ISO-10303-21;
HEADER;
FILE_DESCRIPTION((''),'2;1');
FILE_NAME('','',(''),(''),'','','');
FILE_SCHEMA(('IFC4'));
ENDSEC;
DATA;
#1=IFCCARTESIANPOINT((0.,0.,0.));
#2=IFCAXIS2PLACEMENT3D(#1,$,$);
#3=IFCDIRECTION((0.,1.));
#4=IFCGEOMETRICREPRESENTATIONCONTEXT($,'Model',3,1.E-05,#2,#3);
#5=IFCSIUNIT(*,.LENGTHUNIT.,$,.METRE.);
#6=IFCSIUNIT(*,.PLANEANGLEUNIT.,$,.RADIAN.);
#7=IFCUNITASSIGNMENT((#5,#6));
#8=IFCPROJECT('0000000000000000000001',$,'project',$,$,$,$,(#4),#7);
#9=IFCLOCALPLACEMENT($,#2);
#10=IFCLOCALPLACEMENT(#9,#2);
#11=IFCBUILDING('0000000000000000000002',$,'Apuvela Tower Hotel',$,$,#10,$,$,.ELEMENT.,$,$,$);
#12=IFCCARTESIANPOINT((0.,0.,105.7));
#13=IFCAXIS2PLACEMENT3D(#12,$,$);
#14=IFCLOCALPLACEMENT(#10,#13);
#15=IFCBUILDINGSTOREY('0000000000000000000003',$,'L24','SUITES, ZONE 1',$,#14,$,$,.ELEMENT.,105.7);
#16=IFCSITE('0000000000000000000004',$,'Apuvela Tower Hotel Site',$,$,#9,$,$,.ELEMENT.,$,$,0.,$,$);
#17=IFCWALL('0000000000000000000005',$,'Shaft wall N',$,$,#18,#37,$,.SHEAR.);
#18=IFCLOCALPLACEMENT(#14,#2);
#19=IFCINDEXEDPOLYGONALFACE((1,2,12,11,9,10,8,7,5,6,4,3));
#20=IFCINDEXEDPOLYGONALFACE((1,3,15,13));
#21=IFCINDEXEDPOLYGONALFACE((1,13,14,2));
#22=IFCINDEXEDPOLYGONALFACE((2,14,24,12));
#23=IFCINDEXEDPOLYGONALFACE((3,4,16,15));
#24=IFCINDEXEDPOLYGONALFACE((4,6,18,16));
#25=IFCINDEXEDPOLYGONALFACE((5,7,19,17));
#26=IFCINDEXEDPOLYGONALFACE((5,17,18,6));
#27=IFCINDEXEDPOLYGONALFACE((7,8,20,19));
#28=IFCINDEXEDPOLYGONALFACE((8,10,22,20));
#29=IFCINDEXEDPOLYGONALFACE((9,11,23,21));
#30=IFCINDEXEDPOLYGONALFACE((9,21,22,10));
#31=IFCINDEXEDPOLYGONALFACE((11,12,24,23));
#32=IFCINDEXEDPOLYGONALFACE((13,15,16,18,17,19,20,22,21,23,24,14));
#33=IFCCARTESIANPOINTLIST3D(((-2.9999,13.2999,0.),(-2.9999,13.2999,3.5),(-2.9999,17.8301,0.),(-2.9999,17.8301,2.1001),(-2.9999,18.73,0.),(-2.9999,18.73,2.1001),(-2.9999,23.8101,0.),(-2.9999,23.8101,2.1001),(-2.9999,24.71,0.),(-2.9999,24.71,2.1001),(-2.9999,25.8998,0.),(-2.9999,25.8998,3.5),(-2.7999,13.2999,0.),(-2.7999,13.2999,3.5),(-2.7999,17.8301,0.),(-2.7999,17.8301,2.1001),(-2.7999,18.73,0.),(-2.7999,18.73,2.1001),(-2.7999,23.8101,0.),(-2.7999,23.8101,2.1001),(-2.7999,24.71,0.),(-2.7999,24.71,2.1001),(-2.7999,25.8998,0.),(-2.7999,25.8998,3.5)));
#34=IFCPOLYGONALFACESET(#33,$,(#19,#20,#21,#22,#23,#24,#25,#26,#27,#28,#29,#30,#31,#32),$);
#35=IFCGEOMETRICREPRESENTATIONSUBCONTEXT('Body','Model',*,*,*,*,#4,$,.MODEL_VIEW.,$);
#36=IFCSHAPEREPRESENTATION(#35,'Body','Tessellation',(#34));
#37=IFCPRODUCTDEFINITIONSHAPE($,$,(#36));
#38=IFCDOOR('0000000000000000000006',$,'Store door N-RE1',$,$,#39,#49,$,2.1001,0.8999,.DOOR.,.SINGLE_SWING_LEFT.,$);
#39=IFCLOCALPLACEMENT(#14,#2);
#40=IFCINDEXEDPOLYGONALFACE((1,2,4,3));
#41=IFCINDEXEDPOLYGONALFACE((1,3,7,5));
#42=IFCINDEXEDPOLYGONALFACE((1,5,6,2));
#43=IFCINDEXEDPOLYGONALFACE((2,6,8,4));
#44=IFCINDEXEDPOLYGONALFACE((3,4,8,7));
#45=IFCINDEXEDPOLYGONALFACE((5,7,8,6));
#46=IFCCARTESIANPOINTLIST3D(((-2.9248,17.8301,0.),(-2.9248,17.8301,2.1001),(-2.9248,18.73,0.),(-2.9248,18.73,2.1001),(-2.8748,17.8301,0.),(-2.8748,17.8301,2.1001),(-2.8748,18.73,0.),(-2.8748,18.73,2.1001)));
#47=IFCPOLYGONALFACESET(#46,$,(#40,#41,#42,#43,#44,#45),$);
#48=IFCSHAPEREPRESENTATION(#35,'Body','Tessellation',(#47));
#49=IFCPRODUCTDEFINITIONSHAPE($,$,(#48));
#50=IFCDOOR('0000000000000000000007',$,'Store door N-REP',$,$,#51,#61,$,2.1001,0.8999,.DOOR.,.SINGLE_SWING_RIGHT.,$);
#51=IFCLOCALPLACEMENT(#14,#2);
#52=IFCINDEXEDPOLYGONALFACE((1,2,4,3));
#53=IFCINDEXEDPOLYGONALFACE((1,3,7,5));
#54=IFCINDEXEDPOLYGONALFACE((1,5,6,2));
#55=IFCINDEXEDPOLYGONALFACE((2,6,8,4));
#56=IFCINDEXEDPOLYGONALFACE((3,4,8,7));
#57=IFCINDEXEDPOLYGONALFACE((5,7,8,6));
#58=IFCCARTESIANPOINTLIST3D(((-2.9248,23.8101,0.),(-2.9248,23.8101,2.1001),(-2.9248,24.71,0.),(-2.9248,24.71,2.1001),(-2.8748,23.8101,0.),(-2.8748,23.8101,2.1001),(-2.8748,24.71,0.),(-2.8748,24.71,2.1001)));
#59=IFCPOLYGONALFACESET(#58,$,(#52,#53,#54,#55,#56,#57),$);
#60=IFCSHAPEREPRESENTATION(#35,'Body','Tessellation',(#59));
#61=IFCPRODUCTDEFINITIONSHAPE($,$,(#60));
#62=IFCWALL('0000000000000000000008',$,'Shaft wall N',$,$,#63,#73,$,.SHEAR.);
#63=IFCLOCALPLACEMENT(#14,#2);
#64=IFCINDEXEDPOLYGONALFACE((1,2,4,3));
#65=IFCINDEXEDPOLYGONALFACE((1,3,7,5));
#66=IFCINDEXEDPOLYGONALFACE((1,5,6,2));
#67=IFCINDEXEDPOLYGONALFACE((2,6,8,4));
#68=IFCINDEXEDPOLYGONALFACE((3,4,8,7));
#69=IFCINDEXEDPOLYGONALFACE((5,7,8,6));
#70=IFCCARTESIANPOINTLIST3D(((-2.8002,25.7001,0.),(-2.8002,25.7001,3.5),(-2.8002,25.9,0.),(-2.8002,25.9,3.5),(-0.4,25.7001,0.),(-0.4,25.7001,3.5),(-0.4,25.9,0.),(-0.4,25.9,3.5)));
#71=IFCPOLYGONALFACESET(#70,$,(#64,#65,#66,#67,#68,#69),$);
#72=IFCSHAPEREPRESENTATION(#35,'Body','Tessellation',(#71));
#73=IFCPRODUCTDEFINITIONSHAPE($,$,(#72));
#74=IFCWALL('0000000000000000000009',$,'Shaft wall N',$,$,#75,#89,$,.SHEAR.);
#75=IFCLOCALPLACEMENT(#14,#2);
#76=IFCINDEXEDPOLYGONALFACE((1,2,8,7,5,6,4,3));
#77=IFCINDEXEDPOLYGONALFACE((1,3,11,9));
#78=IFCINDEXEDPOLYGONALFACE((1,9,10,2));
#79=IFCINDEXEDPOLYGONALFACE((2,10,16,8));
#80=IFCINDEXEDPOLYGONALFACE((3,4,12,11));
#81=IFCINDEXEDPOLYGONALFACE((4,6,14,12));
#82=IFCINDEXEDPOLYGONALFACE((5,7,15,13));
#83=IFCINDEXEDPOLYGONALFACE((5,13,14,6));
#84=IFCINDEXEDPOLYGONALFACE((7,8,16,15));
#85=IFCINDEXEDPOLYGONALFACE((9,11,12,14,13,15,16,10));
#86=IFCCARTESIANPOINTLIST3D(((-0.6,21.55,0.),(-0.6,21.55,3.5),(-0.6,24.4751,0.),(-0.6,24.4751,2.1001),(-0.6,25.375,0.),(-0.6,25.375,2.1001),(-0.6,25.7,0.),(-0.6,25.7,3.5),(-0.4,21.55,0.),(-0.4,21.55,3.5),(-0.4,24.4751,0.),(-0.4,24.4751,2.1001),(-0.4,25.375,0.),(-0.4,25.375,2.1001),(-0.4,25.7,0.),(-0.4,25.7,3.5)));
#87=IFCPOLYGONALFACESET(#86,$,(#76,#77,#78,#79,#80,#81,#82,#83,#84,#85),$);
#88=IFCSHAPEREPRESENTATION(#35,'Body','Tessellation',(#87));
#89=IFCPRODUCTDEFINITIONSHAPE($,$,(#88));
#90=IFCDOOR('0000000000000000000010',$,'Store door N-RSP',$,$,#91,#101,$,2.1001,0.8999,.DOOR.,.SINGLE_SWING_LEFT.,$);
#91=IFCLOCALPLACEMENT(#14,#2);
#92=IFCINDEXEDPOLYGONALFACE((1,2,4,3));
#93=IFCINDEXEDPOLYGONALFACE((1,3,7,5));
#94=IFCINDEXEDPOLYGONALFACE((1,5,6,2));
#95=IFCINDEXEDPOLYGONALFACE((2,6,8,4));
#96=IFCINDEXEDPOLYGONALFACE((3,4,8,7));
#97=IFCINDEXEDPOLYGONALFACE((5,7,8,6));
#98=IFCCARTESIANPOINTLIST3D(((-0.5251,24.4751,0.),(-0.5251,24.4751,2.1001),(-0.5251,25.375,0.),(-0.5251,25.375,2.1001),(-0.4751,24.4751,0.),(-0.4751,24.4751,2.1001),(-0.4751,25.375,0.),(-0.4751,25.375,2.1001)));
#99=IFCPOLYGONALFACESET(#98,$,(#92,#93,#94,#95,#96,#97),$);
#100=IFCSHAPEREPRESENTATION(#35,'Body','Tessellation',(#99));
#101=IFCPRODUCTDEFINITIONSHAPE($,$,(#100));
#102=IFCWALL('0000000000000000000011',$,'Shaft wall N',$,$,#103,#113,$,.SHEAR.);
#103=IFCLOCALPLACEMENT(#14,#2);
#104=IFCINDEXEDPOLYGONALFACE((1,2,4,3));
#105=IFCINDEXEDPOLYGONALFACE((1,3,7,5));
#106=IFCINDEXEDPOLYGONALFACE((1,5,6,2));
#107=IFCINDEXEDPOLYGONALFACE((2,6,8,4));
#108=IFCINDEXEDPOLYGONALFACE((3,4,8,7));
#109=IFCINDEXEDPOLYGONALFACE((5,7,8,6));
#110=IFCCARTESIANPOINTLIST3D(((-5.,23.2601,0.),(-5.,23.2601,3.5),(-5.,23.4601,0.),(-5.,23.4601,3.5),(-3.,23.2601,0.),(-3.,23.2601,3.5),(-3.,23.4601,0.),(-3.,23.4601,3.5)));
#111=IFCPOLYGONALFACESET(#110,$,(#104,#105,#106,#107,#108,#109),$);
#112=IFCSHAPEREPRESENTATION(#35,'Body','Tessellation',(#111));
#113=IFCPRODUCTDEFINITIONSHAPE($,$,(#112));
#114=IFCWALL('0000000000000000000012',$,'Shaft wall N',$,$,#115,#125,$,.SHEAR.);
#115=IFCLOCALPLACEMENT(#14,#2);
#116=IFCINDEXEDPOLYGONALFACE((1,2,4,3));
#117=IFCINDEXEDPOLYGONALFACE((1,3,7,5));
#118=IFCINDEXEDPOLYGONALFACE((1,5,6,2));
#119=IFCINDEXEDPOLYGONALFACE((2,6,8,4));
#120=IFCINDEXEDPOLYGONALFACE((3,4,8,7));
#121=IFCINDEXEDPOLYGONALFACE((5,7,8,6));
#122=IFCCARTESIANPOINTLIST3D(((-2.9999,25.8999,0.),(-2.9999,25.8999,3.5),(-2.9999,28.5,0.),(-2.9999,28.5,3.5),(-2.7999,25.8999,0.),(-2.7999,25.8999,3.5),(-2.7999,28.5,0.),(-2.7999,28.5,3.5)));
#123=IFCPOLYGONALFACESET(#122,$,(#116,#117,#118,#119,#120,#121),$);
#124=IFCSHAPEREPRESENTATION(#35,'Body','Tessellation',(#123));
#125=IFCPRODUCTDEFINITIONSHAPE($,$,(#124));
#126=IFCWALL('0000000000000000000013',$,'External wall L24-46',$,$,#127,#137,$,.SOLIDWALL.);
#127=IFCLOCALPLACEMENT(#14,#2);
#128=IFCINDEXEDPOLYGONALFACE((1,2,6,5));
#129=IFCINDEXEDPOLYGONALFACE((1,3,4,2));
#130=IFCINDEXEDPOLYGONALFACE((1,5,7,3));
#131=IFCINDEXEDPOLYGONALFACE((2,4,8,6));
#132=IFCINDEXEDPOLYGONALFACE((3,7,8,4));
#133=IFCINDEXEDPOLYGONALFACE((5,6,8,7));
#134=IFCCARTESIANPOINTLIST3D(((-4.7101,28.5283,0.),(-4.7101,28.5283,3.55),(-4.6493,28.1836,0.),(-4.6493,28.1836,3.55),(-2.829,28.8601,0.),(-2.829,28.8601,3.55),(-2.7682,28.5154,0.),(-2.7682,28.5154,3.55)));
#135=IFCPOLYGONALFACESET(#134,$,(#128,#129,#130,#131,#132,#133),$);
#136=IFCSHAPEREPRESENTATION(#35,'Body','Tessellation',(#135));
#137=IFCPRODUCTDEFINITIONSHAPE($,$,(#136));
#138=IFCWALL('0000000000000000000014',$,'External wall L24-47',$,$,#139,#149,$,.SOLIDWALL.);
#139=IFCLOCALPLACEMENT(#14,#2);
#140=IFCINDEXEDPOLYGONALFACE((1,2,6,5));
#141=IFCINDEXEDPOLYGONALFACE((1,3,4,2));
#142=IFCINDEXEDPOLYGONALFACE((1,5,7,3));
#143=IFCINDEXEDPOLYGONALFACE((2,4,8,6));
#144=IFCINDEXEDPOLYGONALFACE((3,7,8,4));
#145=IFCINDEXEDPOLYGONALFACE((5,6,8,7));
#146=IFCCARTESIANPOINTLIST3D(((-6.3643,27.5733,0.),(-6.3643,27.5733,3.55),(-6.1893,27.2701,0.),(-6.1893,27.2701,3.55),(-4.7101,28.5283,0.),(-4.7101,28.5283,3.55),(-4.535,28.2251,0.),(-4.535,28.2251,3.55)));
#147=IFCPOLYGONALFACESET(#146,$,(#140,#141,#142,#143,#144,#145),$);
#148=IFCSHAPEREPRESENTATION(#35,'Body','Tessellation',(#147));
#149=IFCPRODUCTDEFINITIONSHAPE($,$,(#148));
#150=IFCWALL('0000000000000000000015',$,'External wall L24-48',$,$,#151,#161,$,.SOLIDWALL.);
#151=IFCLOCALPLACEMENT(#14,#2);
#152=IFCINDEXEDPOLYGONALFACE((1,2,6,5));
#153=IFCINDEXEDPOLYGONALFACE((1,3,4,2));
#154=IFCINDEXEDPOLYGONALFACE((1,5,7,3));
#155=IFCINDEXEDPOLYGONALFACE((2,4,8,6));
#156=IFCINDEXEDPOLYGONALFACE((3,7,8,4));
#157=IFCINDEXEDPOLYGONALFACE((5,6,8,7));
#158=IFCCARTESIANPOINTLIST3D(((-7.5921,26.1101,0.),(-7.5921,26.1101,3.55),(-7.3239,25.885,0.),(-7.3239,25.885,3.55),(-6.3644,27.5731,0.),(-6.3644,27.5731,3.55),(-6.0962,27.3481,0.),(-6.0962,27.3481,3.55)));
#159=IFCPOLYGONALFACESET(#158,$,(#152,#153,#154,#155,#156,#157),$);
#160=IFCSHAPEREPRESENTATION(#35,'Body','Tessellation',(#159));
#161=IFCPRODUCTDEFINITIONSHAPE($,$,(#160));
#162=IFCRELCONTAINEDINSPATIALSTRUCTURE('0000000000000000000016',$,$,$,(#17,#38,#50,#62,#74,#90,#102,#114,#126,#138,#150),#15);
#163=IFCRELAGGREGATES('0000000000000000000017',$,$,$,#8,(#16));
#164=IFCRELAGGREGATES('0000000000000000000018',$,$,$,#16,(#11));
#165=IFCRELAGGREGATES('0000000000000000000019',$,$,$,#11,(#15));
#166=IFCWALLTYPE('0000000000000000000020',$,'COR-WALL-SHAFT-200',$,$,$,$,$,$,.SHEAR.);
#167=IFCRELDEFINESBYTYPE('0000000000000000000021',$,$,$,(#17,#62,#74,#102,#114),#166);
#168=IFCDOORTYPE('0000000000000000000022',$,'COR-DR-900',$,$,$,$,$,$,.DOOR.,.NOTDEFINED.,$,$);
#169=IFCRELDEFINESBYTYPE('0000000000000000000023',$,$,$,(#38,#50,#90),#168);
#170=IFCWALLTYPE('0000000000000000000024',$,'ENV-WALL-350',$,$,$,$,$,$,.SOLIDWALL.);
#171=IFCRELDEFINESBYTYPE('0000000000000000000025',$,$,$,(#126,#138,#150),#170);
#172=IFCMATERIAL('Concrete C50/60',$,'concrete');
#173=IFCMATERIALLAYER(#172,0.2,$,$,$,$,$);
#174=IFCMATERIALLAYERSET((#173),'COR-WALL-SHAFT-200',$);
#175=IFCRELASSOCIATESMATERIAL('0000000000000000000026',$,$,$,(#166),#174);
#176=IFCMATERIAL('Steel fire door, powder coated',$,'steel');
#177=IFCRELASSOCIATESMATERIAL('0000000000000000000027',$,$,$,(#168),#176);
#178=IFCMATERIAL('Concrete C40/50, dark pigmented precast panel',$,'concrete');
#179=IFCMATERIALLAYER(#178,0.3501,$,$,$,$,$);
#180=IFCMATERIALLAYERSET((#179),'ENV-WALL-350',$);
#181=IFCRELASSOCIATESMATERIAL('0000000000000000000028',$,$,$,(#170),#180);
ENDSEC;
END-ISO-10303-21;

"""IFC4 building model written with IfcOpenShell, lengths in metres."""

from ifc_helpers import new_model, si_unit, direction, frame, frame_2d, origin, place, context, subcontext, project, spatial, rectangle, extrude, material, layer, layer_set, type_object, element, fill, save


model = new_model("IFC4")

# Units and contexts
model_context = context("Model", 3, precision=1e-05, world=origin(), true_north=direction((0.0, 1.0)))
body_context = subcontext(model_context, "Body", "Model", "MODEL_VIEW")
ifc_project = project(units=[si_unit("LENGTHUNIT", "METRE"), si_unit("PLANEANGLEUNIT", "RADIAN")], contexts=[model_context])

# Site, building, storey
site_placement = place(None, origin())
site = spatial("IfcSite", under=ifc_project, at=site_placement, Name="Apuvela Tower Hotel Site", CompositionType="ELEMENT", RefElevation=0.0)
building_placement = place(site_placement, origin())
building = spatial("IfcBuilding", under=site, at=building_placement, Name="Apuvela Tower Hotel", CompositionType="ELEMENT")
storey_placement = place(building_placement, frame((0.0, 0.0, 105.7)))
storey = spatial("IfcBuildingStorey", under=building, at=storey_placement, Name="L24", Description="SUITES, ZONE 1", CompositionType="ELEMENT", Elevation=105.7)

# Shared definitions
ifc_material_1 = material(Name="Concrete C50/60", Category="concrete")
ifc_layer_1 = layer(ifc_material_1, 0.2)
ifc_layer_set_1 = layer_set([ifc_layer_1], Name="COR-WALL-SHAFT-200")
wall_type_1 = type_object("IfcWallType", Name="COR-WALL-SHAFT-200", PredefinedType="SHEAR", material=ifc_layer_set_1)

# Wall, openings, doors
wall_1_placement = place(storey_placement, frame((-2.8999, 13.3, 0.0), z_axis=(0.0, 0.0, 1.0), x_axis=(0.0, 1.0, 0.0)))
wall_1 = element("IfcWall", 1, at=wall_1_placement, inside=storey, type_object=wall_type_1, Name="Shaft wall N", PredefinedType="SHEAR", context=body_context, shape_type="SweptSolid", body=[
    extrude(rectangle(XDim=12.5999, YDim=0.2, at=frame_2d((6.2998, 0.0))), origin(), (0.0, 0.0, 1.0), 3.5),
])
opening_1_placement = place(wall_1_placement, frame((4.53, 0.0, 0.0)))
opening_1 = element("IfcOpeningElement", 2, at=opening_1_placement, cuts=wall_1, PredefinedType="OPENING", context=body_context, shape_type="SweptSolid", body=[
    extrude(rectangle(XDim=0.8999, YDim=2.1001, at=frame_2d((0.45, 1.05))), frame((0.0, 0.1099, 0.0), z_axis=(0.0, -1.0, 0.0), x_axis=(1.0, 0.0, 0.0)), (0.0, 0.0, 1.0), 0.22),
])
opening_2_placement = place(wall_1_placement, frame((10.51, 0.0, 0.0)))
opening_2 = element("IfcOpeningElement", 3, at=opening_2_placement, cuts=wall_1, PredefinedType="OPENING", context=body_context, shape_type="SweptSolid", body=[
    extrude(rectangle(XDim=0.8999, YDim=2.1001, at=frame_2d((0.45, 1.05))), frame((0.0, 0.1099, 0.0), z_axis=(0.0, -1.0, 0.0), x_axis=(1.0, 0.0, 0.0)), (0.0, 0.0, 1.0), 0.22),
])
ifc_material_2 = material(Name="Steel fire door, powder coated", Category="steel")
door_type_1 = type_object("IfcDoorType", Name="COR-DR-900", OperationType="NOTDEFINED", PredefinedType="DOOR", material=ifc_material_2)
door_1_placement = place(opening_1_placement, origin())
door_1 = element("IfcDoor", 4, at=door_1_placement, inside=storey, type_object=door_type_1, Name="Store door N-RE1", OperationType="SINGLE_SWING_LEFT", OverallHeight=2.1001, OverallWidth=0.8999, PredefinedType="DOOR", context=body_context, shape_type="SweptSolid", body=[
    extrude(rectangle(XDim=0.8999, YDim=2.1001, at=frame_2d((0.45, 1.05))), frame((0.0, 0.0249, 0.0), z_axis=(0.0, -1.0, 0.0), x_axis=(1.0, 0.0, 0.0)), (0.0, 0.0, 1.0), 0.05),
])
fill(opening_1, door_1)
door_2_placement = place(opening_2_placement, origin())
door_2 = element("IfcDoor", 5, at=door_2_placement, inside=storey, type_object=door_type_1, Name="Store door N-REP", OperationType="SINGLE_SWING_RIGHT", OverallHeight=2.1001, OverallWidth=0.8999, PredefinedType="DOOR", context=body_context, shape_type="SweptSolid", body=[
    extrude(rectangle(XDim=0.8999, YDim=2.1001, at=frame_2d((0.45, 1.05))), frame((0.0, 0.0249, 0.0), z_axis=(0.0, -1.0, 0.0), x_axis=(1.0, 0.0, 0.0)), (0.0, 0.0, 1.0), 0.05),
])
fill(opening_2, door_2)

# Wall
wall_2_placement = place(storey_placement, frame((-0.3999, 25.8, 0.0), z_axis=(0.0, 0.0, 1.0), x_axis=(-1.0, 0.0, 0.0)))
element("IfcWall", 6, at=wall_2_placement, inside=storey, type_object=wall_type_1, Name="Shaft wall N", PredefinedType="SHEAR", context=body_context, shape_type="SweptSolid", body=[
    extrude(rectangle(XDim=2.4001, YDim=0.2, at=frame_2d((1.2002, 0.0))), origin(), (0.0, 0.0, 1.0), 3.5),
])

# Wall, opening, door
wall_3_placement = place(storey_placement, frame((-0.5, 21.55, 0.0), z_axis=(0.0, 0.0, 1.0), x_axis=(0.0, 1.0, 0.0)))
wall_3 = element("IfcWall", 7, at=wall_3_placement, inside=storey, type_object=wall_type_1, Name="Shaft wall N", PredefinedType="SHEAR", context=body_context, shape_type="SweptSolid", body=[
    extrude(rectangle(XDim=4.1499, YDim=0.2, at=frame_2d((2.075, 0.0))), origin(), (0.0, 0.0, 1.0), 3.5),
])
opening_3_placement = place(wall_3_placement, frame((2.925, 0.0, 0.0)))
opening_3 = element("IfcOpeningElement", 8, at=opening_3_placement, cuts=wall_3, PredefinedType="OPENING", context=body_context, shape_type="SweptSolid", body=[
    extrude(rectangle(XDim=0.8999, YDim=2.1001, at=frame_2d((0.45, 1.05))), frame((0.0, 0.1099, 0.0), z_axis=(0.0, -1.0, 0.0), x_axis=(1.0, 0.0, 0.0)), (0.0, 0.0, 1.0), 0.22),
])
door_3_placement = place(opening_3_placement, frame((0.8999, 0.0, 0.0), z_axis=(0.0, 0.0, 1.0), x_axis=(-1.0, 0.0, 0.0)))
door_3 = element("IfcDoor", 9, at=door_3_placement, inside=storey, type_object=door_type_1, Name="Store door N-RSP", OperationType="SINGLE_SWING_LEFT", OverallHeight=2.1001, OverallWidth=0.8999, PredefinedType="DOOR", context=body_context, shape_type="SweptSolid", body=[
    extrude(rectangle(XDim=0.8999, YDim=2.1001, at=frame_2d((0.45, 1.05))), frame((0.0, 0.0249, 0.0), z_axis=(0.0, -1.0, 0.0), x_axis=(1.0, 0.0, 0.0)), (0.0, 0.0, 1.0), 0.05),
])
fill(opening_3, door_3)

# Walls
wall_4_placement = place(storey_placement, frame((-3.0, 23.3601, 0.0), z_axis=(0.0, 0.0, 1.0), x_axis=(-1.0, 0.0, 0.0)))
element("IfcWall", 10, at=wall_4_placement, inside=storey, type_object=wall_type_1, Name="Shaft wall N", PredefinedType="SHEAR", context=body_context, shape_type="SweptSolid", body=[
    extrude(rectangle(XDim=2.0, YDim=0.2, at=frame_2d((1.0, 0.0))), origin(), (0.0, 0.0, 1.0), 3.5),
])
wall_5_placement = place(storey_placement, frame((-2.8999, 25.8999, 0.0), z_axis=(0.0, 0.0, 1.0), x_axis=(0.0, 1.0, 0.0)))
element("IfcWall", 11, at=wall_5_placement, inside=storey, type_object=wall_type_1, Name="Shaft wall N", PredefinedType="SHEAR", context=body_context, shape_type="SweptSolid", body=[
    extrude(rectangle(XDim=2.6001, YDim=0.2, at=frame_2d((1.3, 0.0))), origin(), (0.0, 0.0, 1.0), 3.5),
])

# Shared definitions
ifc_material_3 = material(Name="Concrete C40/50, dark pigmented precast panel", Category="concrete")
ifc_layer_2 = layer(ifc_material_3, 0.3501)
ifc_layer_set_2 = layer_set([ifc_layer_2], Name="ENV-WALL-350")
wall_type_2 = type_object("IfcWallType", Name="ENV-WALL-350", PredefinedType="SOLIDWALL", material=ifc_layer_set_2)

# Walls
for number, where, z_axis, x_axis, name in (
    (12, (-2.7986, 28.6877, 0.0), (0.0, 0.0, 1.0), (-0.984799, -0.173698, 0.0), "External wall L24-46"),
    (13, (-4.6226, 28.3767, 0.0), (0.0, 0.0, 1.0), (-0.866032, -0.499988, 0.0), "External wall L24-47"),
):
    element("IfcWall", number, at=place(storey_placement, frame(where, z_axis=z_axis, x_axis=x_axis)), inside=storey, type_object=wall_type_2, Name=name, PredefinedType="SOLIDWALL", context=body_context, shape_type="SweptSolid", body=[
        extrude(rectangle(XDim=1.9102, YDim=0.3501, at=frame_2d((0.9551, 0.0))), origin(), (0.0, 0.0, 1.0), 3.55),
    ])
wall_6_placement = place(storey_placement, frame((-6.2302, 27.4607, 0.0), z_axis=(0.0, 0.0, 1.0), x_axis=(-0.642808, -0.766027, 0.0)))
element("IfcWall", 14, at=wall_6_placement, inside=storey, type_object=wall_type_2, Name="External wall L24-48", PredefinedType="SOLIDWALL", context=body_context, shape_type="SweptSolid", body=[
    extrude(rectangle(XDim=1.9099, YDim=0.3501, at=frame_2d((0.9551, 0.0))), origin(), (0.0, 0.0, 1.0), 3.55),
])

save(model, "model.ifc")
